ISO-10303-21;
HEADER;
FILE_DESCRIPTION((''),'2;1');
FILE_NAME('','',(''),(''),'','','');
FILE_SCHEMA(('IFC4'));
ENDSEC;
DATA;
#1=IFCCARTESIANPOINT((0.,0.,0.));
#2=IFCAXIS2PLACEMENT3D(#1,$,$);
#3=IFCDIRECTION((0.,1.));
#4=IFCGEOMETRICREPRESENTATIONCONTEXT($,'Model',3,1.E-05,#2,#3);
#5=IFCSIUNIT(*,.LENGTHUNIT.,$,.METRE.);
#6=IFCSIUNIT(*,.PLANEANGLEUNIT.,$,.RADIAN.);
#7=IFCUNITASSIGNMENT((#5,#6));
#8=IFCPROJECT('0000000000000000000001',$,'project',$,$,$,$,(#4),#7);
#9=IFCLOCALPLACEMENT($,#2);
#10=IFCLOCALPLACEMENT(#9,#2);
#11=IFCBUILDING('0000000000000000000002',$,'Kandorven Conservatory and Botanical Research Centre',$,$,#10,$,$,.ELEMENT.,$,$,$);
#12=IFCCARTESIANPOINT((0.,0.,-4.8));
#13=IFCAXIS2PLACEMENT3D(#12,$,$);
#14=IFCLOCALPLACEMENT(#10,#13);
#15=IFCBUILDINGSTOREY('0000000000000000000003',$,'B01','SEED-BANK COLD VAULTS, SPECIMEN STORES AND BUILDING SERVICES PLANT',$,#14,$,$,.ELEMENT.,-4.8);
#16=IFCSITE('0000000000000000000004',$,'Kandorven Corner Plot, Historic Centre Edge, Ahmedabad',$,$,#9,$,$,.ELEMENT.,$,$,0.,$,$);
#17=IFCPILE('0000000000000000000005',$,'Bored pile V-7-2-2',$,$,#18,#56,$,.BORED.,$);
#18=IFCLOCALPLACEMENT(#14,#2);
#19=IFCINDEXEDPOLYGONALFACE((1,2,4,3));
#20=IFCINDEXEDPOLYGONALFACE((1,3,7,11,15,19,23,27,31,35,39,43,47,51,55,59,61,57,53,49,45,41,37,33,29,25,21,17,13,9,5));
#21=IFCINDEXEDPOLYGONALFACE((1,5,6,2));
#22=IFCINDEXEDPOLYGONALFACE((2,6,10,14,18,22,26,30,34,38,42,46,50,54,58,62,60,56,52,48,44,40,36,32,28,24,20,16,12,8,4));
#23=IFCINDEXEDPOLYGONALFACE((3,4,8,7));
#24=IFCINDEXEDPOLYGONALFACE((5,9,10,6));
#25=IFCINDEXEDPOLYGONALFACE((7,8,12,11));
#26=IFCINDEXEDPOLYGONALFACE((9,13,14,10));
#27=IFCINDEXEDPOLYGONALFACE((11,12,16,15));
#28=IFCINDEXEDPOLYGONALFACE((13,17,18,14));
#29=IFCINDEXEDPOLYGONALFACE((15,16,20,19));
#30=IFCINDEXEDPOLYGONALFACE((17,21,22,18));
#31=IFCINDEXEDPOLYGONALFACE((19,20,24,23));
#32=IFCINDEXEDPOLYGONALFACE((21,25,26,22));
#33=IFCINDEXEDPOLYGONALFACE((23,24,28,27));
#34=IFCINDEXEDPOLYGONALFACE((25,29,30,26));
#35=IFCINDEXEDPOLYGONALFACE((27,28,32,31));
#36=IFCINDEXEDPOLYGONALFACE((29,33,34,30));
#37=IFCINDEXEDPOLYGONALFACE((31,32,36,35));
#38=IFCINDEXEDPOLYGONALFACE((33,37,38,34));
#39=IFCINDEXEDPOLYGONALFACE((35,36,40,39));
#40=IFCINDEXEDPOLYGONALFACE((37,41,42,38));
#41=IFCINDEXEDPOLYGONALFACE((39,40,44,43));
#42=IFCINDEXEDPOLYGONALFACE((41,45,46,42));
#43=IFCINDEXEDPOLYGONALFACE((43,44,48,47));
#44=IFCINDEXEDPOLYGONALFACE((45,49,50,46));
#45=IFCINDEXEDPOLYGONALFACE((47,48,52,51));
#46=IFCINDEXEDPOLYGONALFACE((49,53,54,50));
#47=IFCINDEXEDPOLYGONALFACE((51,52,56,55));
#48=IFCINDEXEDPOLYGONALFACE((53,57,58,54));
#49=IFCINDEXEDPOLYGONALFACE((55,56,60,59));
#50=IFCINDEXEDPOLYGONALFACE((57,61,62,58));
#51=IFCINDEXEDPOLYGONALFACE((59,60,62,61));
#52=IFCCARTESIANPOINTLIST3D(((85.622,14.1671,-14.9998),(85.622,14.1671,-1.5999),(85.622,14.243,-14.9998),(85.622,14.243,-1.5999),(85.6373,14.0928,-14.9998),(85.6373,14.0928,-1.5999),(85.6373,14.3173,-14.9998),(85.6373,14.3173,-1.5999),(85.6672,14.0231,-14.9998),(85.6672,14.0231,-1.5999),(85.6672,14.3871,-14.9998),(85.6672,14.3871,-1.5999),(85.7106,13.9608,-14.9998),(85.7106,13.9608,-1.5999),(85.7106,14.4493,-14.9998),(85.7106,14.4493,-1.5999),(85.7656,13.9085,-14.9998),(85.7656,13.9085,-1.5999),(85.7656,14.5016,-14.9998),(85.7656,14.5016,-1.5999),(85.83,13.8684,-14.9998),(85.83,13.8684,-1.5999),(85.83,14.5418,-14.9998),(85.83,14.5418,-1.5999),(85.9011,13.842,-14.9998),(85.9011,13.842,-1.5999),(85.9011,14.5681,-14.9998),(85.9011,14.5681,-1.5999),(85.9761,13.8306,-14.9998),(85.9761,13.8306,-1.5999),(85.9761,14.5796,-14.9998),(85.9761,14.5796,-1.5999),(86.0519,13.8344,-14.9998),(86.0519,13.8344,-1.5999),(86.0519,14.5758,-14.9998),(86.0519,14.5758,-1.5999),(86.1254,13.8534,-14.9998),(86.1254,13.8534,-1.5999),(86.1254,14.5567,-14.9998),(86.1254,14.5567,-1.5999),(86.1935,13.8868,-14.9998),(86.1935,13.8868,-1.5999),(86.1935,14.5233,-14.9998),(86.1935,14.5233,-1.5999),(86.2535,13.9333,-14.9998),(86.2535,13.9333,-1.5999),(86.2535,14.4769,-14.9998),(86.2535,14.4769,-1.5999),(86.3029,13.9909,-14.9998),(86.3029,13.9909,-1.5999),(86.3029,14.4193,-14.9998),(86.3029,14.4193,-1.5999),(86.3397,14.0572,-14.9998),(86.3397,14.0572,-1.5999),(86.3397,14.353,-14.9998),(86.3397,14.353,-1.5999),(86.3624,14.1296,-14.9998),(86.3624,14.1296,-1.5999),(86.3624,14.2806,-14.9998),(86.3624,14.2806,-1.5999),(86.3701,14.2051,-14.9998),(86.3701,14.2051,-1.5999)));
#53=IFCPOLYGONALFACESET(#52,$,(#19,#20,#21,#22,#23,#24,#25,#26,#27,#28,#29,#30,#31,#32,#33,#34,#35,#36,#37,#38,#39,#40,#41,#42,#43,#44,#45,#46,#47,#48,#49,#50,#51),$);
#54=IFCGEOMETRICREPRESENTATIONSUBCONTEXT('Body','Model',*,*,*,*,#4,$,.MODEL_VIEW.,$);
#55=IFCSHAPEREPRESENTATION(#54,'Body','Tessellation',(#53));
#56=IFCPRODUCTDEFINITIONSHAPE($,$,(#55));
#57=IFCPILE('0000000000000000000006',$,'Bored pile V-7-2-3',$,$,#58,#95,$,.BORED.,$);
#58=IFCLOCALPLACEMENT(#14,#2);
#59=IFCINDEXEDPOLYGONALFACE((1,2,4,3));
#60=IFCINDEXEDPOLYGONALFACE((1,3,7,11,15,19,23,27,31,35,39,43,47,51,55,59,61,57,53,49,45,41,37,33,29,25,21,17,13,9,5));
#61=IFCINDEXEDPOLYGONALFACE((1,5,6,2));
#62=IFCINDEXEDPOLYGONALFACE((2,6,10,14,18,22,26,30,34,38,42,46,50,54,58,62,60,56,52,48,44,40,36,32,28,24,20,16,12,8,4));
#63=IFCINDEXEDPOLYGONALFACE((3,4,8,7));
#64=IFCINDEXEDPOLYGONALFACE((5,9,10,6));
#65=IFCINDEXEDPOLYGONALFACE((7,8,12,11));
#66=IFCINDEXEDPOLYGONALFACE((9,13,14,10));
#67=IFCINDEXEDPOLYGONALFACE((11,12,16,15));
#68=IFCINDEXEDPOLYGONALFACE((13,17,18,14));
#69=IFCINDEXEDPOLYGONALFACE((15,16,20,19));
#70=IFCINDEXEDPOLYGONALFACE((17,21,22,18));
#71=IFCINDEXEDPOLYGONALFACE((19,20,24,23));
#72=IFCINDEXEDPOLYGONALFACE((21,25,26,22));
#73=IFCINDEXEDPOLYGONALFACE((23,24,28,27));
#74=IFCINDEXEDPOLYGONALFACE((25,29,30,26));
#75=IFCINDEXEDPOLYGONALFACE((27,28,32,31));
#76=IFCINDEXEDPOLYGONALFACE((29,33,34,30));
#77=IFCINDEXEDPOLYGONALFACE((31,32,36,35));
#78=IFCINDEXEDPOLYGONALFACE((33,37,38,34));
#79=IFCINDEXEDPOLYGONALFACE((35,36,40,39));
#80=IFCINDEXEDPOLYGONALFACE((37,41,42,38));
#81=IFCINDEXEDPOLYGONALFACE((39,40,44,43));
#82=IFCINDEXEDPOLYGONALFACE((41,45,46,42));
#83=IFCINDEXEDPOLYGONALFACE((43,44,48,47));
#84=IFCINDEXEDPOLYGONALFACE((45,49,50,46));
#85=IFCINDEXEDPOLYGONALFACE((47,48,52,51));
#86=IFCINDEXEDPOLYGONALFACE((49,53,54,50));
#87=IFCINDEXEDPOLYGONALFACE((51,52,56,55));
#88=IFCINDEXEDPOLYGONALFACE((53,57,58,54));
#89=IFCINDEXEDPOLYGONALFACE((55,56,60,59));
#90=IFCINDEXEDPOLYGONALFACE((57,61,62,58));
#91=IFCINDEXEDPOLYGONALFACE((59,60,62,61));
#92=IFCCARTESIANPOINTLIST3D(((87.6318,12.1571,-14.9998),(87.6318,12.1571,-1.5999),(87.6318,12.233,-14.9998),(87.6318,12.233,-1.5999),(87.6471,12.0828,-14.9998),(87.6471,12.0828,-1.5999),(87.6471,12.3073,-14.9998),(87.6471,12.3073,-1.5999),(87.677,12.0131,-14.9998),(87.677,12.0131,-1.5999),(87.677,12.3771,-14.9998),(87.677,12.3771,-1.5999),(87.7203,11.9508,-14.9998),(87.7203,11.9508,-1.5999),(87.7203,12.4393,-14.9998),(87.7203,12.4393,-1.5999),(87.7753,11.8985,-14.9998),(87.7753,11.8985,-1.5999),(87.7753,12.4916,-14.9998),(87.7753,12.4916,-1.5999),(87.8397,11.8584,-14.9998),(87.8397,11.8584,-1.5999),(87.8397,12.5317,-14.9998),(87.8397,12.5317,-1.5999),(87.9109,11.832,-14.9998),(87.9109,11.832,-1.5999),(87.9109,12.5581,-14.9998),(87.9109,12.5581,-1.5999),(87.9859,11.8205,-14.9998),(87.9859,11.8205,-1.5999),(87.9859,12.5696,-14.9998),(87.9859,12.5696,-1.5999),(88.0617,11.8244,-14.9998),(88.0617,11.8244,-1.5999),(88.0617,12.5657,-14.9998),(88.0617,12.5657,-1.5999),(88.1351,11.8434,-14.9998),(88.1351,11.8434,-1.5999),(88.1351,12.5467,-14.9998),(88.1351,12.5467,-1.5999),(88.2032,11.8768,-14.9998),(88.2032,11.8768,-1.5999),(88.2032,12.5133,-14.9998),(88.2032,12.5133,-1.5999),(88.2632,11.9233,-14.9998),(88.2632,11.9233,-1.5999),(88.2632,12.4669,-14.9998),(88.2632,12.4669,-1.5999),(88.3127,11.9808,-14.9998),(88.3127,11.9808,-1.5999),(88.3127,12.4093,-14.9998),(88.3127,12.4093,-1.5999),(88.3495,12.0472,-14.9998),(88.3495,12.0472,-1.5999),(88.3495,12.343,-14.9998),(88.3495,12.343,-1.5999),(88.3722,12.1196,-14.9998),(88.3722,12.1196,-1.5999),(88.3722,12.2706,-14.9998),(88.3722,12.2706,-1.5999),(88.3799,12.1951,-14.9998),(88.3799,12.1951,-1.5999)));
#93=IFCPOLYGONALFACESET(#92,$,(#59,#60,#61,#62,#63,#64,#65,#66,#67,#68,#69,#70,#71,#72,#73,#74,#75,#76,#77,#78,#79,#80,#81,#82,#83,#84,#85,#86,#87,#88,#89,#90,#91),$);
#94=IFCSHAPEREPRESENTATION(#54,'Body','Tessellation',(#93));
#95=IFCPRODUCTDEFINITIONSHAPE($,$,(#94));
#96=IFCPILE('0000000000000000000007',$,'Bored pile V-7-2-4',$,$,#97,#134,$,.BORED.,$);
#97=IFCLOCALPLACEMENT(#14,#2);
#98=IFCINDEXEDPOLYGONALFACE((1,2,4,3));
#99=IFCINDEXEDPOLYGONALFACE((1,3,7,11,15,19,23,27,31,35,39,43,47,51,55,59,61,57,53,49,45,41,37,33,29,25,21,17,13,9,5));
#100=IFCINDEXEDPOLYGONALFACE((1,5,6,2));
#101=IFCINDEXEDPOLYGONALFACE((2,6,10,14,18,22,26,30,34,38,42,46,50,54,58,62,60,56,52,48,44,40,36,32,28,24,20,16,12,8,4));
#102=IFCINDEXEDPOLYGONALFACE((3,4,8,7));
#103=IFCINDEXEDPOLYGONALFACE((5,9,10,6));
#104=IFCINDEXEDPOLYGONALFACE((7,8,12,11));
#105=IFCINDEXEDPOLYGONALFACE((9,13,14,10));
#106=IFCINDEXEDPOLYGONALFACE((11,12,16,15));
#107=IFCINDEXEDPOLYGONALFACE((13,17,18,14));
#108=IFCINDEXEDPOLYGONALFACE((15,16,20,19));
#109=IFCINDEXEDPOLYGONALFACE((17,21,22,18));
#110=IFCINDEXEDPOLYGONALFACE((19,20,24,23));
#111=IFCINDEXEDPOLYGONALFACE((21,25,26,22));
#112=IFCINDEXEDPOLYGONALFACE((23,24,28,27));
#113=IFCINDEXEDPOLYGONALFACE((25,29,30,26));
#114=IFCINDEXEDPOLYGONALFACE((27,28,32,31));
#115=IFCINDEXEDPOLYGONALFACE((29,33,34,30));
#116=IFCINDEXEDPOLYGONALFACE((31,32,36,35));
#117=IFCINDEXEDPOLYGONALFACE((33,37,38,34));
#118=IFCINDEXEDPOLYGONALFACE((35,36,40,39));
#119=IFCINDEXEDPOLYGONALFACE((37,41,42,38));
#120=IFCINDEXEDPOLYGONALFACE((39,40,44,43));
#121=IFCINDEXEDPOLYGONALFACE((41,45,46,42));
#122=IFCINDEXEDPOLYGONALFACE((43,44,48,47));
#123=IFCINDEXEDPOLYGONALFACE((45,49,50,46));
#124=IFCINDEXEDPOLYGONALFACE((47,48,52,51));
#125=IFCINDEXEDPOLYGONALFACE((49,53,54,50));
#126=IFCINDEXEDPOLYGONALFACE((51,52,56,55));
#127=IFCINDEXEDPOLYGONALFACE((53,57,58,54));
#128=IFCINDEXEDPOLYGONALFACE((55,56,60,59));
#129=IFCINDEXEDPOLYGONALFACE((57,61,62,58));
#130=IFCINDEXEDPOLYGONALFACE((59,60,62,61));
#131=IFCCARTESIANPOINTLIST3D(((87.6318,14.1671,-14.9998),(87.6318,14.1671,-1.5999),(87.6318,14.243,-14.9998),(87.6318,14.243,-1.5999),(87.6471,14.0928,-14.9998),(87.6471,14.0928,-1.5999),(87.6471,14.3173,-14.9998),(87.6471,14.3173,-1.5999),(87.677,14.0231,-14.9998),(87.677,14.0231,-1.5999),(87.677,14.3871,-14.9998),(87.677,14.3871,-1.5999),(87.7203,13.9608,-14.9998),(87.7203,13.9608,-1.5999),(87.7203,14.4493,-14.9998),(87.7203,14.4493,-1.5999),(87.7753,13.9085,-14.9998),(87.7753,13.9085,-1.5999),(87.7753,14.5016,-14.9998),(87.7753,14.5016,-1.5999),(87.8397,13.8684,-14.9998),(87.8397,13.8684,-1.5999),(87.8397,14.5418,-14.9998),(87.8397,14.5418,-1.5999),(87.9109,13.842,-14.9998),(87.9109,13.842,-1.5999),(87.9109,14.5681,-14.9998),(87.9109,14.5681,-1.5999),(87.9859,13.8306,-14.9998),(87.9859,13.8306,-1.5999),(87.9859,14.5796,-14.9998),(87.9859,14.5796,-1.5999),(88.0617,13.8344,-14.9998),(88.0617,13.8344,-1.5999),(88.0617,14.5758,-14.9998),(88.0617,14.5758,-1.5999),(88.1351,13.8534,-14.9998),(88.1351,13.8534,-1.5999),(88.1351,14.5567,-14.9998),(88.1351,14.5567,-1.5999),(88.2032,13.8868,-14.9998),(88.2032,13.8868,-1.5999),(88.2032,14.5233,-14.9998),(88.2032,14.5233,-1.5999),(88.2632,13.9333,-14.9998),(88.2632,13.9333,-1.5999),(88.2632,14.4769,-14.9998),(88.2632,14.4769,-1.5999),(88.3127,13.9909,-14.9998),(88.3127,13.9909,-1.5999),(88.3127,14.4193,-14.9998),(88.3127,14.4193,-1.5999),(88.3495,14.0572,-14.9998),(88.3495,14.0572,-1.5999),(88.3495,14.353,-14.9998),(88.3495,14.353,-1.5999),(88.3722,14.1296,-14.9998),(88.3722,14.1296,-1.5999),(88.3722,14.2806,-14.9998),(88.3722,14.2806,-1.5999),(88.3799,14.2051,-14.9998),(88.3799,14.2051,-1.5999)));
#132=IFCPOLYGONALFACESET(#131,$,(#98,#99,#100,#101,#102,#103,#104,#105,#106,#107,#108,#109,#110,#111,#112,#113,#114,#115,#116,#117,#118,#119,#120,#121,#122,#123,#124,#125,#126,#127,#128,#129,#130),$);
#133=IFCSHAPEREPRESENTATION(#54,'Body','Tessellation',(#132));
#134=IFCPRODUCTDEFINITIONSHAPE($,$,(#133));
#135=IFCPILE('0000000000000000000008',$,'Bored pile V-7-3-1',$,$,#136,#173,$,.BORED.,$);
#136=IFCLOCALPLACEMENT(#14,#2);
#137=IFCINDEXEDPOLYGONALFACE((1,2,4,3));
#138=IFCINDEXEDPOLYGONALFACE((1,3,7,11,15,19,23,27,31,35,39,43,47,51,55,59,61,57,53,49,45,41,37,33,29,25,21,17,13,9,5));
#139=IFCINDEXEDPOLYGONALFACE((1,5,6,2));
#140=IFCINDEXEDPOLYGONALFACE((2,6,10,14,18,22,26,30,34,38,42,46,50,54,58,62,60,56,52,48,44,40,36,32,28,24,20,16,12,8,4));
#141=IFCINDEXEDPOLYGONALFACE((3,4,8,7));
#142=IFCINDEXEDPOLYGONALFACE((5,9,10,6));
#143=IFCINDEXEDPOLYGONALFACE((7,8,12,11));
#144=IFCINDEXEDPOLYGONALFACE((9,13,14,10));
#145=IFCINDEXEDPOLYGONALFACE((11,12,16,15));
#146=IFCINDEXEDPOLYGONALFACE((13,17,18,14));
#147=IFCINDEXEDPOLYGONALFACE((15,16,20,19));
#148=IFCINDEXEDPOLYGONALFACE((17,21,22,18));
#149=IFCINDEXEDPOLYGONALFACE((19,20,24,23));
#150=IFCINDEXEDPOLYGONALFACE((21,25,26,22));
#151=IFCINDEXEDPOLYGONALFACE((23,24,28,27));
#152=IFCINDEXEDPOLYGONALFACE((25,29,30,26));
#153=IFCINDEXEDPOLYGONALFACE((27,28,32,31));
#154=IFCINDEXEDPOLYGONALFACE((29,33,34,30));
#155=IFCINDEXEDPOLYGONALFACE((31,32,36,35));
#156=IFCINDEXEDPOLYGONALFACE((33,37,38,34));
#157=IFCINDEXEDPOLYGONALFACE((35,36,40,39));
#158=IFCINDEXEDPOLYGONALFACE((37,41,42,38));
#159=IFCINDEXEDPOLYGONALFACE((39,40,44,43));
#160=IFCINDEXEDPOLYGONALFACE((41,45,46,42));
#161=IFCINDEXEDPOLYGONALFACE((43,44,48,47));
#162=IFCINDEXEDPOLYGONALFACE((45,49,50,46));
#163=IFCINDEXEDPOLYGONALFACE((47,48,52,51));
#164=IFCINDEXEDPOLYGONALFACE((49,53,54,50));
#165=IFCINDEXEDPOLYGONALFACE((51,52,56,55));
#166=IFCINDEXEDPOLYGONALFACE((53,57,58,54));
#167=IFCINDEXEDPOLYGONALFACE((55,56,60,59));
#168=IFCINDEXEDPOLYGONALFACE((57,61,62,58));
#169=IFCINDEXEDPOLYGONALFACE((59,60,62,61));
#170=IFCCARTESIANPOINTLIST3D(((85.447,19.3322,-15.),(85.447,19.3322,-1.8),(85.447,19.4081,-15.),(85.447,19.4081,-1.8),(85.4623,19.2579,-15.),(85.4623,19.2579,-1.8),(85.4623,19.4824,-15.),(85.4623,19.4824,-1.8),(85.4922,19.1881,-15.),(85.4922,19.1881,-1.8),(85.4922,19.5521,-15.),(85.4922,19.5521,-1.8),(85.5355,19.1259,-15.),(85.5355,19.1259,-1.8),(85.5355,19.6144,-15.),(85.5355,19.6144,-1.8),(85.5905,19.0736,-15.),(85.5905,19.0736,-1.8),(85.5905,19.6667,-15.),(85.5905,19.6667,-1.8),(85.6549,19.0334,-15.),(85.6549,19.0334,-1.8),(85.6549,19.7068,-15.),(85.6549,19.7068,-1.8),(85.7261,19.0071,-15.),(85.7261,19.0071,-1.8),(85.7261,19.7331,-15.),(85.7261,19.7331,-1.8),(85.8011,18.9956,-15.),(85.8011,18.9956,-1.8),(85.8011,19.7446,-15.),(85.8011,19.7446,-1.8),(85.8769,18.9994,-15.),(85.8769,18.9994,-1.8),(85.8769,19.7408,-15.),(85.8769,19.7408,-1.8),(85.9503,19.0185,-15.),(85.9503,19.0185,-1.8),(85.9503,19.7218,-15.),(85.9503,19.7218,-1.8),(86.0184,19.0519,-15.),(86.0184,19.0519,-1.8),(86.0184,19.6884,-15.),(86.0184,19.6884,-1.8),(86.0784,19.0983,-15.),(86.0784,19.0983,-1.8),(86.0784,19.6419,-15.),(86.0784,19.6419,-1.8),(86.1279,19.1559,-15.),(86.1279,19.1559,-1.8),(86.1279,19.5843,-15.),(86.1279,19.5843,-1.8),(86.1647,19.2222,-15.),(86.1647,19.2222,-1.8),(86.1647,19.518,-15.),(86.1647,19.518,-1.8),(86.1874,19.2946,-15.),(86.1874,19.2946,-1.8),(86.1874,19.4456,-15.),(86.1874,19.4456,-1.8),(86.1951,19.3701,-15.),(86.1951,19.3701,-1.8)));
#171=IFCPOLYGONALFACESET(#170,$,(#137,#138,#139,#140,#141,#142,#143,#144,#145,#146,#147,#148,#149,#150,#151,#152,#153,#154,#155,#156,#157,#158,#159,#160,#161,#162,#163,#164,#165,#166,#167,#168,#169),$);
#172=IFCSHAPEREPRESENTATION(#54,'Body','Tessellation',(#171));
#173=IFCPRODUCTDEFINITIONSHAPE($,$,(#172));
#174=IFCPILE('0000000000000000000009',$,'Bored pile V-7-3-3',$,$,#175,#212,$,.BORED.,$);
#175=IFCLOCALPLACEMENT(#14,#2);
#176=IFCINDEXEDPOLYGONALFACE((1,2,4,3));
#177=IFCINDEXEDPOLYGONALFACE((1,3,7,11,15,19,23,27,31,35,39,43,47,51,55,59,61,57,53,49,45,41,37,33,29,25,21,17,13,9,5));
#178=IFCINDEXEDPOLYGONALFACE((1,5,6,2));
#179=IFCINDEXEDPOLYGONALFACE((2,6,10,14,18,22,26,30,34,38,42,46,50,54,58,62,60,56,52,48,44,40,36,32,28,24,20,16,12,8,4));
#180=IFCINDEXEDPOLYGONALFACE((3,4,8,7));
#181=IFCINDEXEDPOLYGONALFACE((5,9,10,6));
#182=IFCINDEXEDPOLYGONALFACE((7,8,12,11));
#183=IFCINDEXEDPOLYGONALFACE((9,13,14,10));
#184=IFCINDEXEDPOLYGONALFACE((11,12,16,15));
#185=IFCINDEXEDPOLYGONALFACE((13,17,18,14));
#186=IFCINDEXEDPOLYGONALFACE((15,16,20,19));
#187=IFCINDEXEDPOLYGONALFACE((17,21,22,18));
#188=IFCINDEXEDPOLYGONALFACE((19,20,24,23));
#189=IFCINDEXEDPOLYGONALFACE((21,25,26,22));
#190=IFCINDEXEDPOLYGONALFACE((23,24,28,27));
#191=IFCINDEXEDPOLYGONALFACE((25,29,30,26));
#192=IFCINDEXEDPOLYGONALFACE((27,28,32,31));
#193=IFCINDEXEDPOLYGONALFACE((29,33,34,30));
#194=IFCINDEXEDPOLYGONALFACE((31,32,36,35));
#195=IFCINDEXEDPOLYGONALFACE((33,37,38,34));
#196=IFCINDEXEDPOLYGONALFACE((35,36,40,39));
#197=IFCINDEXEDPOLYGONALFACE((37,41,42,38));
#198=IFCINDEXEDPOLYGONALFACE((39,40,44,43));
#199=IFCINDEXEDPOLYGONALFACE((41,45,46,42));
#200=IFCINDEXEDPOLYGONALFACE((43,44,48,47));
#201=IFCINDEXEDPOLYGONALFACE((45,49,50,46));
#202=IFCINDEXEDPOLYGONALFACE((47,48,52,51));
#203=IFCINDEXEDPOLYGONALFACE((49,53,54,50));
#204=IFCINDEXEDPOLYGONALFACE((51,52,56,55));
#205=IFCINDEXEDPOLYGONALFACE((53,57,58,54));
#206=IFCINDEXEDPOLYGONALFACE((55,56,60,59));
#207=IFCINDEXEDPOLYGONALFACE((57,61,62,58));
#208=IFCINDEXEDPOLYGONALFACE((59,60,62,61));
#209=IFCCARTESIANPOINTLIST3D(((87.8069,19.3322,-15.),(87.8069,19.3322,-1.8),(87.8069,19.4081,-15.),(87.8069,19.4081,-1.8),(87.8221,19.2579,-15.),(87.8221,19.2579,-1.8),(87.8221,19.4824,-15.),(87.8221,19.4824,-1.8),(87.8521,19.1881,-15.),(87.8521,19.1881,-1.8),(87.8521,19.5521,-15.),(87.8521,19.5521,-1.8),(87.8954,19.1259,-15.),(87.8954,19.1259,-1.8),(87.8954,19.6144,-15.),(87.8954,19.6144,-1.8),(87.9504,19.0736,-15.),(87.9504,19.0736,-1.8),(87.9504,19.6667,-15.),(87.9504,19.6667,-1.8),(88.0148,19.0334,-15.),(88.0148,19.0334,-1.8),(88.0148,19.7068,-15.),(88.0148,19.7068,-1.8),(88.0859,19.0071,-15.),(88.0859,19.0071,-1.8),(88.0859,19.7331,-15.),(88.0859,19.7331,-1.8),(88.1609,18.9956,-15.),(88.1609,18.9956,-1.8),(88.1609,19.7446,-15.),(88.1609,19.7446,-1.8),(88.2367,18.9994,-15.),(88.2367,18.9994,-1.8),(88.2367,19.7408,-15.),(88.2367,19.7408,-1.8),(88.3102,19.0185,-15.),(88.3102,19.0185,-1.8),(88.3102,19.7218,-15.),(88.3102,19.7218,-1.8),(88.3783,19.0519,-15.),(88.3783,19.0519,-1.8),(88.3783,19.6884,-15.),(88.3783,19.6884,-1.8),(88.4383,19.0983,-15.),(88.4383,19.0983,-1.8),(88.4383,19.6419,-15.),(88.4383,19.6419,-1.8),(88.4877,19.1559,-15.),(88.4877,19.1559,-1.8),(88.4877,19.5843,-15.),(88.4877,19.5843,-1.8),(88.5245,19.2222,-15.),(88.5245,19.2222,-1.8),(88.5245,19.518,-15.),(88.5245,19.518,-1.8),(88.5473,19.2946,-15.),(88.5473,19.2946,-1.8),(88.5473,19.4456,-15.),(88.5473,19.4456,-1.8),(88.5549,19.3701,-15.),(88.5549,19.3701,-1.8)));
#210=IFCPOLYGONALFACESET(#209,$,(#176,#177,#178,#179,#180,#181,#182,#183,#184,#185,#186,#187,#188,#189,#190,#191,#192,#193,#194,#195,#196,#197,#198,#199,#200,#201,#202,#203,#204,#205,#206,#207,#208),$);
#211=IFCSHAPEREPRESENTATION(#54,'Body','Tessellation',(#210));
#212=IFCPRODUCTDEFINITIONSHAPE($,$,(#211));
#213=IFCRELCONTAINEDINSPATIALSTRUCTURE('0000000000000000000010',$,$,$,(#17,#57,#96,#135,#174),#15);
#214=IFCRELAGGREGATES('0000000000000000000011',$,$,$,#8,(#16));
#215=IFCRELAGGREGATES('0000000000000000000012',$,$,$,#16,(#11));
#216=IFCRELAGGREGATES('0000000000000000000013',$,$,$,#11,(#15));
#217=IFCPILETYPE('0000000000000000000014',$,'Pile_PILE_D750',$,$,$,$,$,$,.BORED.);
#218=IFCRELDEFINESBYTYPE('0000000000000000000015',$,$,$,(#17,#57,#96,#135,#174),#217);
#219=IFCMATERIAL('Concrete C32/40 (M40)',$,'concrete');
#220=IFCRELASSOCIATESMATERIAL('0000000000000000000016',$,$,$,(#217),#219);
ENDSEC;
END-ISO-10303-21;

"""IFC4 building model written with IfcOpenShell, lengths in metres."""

from ifc_helpers import new_model, si_unit, direction, frame, origin, origin_2d, place, context, subcontext, project, spatial, circle, extrude, material, material_profile, profile_set, type_object, element, save


model = new_model("IFC4")

# Units and contexts
model_context = context("Model", 3, precision=1e-05, world=origin(), true_north=direction((0.0, 1.0)))
body_context = subcontext(model_context, "Body", "Model", "MODEL_VIEW")
ifc_project = project(units=[si_unit("LENGTHUNIT", "METRE"), si_unit("PLANEANGLEUNIT", "RADIAN")], contexts=[model_context])

# Site, building, storey
site_placement = place(None, origin())
site = spatial("IfcSite", under=ifc_project, at=site_placement, Name="Kandorven Corner Plot, Historic Centre Edge, Ahmedabad", CompositionType="ELEMENT", RefElevation=0.0)
building_placement = place(site_placement, origin())
building = spatial("IfcBuilding", under=site, at=building_placement, Name="Kandorven Conservatory and Botanical Research Centre", CompositionType="ELEMENT")
storey_placement = place(building_placement, frame((0.0, 0.0, -4.8)))
storey = spatial("IfcBuildingStorey", under=building, at=storey_placement, Name="B01", Description="SEED-BANK COLD VAULTS, SPECIMEN STORES AND BUILDING SERVICES PLANT", CompositionType="ELEMENT", Elevation=-4.8)

# Piles
ifc_material_1 = material(Name="Concrete C32/40 (M40)", Category="concrete")
ifc_material_profile_1 = material_profile(ifc_material_1, circle(Radius=0.375, at=origin_2d()))
ifc_profile_set_1 = profile_set([ifc_material_profile_1], Name="Concrete C32/40 (M40)")
pile_type = type_object("IfcPileType", Name="Pile_PILE_D750", PredefinedType="BORED", material=ifc_profile_set_1)
for number, where, z_axis, x_axis, name in (
    (1, (85.9951, 14.2051, -1.5999), (0.0, 0.0, -1.0), (1.0, 0.0, 0.0), "Bored pile V-7-2-2"),
    (2, (88.0049, 12.1951, -1.5999), (0.0, 0.0, -1.0), (1.0, 0.0, 0.0), "Bored pile V-7-2-3"),
    (3, (88.0049, 14.2051, -1.5999), (0.0, 0.0, -1.0), (1.0, 0.0, 0.0), "Bored pile V-7-2-4"),
):
    element("IfcPile", number, at=place(storey_placement, frame(where, z_axis=z_axis, x_axis=x_axis)), inside=storey, type_object=pile_type, Name=name, PredefinedType="BORED", context=body_context, shape_type="SweptSolid", body=[
        extrude(circle(Radius=0.375, at=origin_2d()), origin(), (0.0, 0.0, 1.0), 13.3999),
    ])
for number, where, z_axis, x_axis, name in (
    (4, (85.8201, 19.3701, -1.8), (0.0, 0.0, -1.0), (1.0, 0.0, 0.0), "Bored pile V-7-3-1"),
    (5, (88.1799, 19.3701, -1.8), (0.0, 0.0, -1.0), (1.0, 0.0, 0.0), "Bored pile V-7-3-3"),
):
    element("IfcPile", number, at=place(storey_placement, frame(where, z_axis=z_axis, x_axis=x_axis)), inside=storey, type_object=pile_type, Name=name, PredefinedType="BORED", context=body_context, shape_type="SweptSolid", body=[
        extrude(circle(Radius=0.375, at=origin_2d()), origin(), (0.0, 0.0, 1.0), 13.2),
    ])

save(model, "model.ifc")
